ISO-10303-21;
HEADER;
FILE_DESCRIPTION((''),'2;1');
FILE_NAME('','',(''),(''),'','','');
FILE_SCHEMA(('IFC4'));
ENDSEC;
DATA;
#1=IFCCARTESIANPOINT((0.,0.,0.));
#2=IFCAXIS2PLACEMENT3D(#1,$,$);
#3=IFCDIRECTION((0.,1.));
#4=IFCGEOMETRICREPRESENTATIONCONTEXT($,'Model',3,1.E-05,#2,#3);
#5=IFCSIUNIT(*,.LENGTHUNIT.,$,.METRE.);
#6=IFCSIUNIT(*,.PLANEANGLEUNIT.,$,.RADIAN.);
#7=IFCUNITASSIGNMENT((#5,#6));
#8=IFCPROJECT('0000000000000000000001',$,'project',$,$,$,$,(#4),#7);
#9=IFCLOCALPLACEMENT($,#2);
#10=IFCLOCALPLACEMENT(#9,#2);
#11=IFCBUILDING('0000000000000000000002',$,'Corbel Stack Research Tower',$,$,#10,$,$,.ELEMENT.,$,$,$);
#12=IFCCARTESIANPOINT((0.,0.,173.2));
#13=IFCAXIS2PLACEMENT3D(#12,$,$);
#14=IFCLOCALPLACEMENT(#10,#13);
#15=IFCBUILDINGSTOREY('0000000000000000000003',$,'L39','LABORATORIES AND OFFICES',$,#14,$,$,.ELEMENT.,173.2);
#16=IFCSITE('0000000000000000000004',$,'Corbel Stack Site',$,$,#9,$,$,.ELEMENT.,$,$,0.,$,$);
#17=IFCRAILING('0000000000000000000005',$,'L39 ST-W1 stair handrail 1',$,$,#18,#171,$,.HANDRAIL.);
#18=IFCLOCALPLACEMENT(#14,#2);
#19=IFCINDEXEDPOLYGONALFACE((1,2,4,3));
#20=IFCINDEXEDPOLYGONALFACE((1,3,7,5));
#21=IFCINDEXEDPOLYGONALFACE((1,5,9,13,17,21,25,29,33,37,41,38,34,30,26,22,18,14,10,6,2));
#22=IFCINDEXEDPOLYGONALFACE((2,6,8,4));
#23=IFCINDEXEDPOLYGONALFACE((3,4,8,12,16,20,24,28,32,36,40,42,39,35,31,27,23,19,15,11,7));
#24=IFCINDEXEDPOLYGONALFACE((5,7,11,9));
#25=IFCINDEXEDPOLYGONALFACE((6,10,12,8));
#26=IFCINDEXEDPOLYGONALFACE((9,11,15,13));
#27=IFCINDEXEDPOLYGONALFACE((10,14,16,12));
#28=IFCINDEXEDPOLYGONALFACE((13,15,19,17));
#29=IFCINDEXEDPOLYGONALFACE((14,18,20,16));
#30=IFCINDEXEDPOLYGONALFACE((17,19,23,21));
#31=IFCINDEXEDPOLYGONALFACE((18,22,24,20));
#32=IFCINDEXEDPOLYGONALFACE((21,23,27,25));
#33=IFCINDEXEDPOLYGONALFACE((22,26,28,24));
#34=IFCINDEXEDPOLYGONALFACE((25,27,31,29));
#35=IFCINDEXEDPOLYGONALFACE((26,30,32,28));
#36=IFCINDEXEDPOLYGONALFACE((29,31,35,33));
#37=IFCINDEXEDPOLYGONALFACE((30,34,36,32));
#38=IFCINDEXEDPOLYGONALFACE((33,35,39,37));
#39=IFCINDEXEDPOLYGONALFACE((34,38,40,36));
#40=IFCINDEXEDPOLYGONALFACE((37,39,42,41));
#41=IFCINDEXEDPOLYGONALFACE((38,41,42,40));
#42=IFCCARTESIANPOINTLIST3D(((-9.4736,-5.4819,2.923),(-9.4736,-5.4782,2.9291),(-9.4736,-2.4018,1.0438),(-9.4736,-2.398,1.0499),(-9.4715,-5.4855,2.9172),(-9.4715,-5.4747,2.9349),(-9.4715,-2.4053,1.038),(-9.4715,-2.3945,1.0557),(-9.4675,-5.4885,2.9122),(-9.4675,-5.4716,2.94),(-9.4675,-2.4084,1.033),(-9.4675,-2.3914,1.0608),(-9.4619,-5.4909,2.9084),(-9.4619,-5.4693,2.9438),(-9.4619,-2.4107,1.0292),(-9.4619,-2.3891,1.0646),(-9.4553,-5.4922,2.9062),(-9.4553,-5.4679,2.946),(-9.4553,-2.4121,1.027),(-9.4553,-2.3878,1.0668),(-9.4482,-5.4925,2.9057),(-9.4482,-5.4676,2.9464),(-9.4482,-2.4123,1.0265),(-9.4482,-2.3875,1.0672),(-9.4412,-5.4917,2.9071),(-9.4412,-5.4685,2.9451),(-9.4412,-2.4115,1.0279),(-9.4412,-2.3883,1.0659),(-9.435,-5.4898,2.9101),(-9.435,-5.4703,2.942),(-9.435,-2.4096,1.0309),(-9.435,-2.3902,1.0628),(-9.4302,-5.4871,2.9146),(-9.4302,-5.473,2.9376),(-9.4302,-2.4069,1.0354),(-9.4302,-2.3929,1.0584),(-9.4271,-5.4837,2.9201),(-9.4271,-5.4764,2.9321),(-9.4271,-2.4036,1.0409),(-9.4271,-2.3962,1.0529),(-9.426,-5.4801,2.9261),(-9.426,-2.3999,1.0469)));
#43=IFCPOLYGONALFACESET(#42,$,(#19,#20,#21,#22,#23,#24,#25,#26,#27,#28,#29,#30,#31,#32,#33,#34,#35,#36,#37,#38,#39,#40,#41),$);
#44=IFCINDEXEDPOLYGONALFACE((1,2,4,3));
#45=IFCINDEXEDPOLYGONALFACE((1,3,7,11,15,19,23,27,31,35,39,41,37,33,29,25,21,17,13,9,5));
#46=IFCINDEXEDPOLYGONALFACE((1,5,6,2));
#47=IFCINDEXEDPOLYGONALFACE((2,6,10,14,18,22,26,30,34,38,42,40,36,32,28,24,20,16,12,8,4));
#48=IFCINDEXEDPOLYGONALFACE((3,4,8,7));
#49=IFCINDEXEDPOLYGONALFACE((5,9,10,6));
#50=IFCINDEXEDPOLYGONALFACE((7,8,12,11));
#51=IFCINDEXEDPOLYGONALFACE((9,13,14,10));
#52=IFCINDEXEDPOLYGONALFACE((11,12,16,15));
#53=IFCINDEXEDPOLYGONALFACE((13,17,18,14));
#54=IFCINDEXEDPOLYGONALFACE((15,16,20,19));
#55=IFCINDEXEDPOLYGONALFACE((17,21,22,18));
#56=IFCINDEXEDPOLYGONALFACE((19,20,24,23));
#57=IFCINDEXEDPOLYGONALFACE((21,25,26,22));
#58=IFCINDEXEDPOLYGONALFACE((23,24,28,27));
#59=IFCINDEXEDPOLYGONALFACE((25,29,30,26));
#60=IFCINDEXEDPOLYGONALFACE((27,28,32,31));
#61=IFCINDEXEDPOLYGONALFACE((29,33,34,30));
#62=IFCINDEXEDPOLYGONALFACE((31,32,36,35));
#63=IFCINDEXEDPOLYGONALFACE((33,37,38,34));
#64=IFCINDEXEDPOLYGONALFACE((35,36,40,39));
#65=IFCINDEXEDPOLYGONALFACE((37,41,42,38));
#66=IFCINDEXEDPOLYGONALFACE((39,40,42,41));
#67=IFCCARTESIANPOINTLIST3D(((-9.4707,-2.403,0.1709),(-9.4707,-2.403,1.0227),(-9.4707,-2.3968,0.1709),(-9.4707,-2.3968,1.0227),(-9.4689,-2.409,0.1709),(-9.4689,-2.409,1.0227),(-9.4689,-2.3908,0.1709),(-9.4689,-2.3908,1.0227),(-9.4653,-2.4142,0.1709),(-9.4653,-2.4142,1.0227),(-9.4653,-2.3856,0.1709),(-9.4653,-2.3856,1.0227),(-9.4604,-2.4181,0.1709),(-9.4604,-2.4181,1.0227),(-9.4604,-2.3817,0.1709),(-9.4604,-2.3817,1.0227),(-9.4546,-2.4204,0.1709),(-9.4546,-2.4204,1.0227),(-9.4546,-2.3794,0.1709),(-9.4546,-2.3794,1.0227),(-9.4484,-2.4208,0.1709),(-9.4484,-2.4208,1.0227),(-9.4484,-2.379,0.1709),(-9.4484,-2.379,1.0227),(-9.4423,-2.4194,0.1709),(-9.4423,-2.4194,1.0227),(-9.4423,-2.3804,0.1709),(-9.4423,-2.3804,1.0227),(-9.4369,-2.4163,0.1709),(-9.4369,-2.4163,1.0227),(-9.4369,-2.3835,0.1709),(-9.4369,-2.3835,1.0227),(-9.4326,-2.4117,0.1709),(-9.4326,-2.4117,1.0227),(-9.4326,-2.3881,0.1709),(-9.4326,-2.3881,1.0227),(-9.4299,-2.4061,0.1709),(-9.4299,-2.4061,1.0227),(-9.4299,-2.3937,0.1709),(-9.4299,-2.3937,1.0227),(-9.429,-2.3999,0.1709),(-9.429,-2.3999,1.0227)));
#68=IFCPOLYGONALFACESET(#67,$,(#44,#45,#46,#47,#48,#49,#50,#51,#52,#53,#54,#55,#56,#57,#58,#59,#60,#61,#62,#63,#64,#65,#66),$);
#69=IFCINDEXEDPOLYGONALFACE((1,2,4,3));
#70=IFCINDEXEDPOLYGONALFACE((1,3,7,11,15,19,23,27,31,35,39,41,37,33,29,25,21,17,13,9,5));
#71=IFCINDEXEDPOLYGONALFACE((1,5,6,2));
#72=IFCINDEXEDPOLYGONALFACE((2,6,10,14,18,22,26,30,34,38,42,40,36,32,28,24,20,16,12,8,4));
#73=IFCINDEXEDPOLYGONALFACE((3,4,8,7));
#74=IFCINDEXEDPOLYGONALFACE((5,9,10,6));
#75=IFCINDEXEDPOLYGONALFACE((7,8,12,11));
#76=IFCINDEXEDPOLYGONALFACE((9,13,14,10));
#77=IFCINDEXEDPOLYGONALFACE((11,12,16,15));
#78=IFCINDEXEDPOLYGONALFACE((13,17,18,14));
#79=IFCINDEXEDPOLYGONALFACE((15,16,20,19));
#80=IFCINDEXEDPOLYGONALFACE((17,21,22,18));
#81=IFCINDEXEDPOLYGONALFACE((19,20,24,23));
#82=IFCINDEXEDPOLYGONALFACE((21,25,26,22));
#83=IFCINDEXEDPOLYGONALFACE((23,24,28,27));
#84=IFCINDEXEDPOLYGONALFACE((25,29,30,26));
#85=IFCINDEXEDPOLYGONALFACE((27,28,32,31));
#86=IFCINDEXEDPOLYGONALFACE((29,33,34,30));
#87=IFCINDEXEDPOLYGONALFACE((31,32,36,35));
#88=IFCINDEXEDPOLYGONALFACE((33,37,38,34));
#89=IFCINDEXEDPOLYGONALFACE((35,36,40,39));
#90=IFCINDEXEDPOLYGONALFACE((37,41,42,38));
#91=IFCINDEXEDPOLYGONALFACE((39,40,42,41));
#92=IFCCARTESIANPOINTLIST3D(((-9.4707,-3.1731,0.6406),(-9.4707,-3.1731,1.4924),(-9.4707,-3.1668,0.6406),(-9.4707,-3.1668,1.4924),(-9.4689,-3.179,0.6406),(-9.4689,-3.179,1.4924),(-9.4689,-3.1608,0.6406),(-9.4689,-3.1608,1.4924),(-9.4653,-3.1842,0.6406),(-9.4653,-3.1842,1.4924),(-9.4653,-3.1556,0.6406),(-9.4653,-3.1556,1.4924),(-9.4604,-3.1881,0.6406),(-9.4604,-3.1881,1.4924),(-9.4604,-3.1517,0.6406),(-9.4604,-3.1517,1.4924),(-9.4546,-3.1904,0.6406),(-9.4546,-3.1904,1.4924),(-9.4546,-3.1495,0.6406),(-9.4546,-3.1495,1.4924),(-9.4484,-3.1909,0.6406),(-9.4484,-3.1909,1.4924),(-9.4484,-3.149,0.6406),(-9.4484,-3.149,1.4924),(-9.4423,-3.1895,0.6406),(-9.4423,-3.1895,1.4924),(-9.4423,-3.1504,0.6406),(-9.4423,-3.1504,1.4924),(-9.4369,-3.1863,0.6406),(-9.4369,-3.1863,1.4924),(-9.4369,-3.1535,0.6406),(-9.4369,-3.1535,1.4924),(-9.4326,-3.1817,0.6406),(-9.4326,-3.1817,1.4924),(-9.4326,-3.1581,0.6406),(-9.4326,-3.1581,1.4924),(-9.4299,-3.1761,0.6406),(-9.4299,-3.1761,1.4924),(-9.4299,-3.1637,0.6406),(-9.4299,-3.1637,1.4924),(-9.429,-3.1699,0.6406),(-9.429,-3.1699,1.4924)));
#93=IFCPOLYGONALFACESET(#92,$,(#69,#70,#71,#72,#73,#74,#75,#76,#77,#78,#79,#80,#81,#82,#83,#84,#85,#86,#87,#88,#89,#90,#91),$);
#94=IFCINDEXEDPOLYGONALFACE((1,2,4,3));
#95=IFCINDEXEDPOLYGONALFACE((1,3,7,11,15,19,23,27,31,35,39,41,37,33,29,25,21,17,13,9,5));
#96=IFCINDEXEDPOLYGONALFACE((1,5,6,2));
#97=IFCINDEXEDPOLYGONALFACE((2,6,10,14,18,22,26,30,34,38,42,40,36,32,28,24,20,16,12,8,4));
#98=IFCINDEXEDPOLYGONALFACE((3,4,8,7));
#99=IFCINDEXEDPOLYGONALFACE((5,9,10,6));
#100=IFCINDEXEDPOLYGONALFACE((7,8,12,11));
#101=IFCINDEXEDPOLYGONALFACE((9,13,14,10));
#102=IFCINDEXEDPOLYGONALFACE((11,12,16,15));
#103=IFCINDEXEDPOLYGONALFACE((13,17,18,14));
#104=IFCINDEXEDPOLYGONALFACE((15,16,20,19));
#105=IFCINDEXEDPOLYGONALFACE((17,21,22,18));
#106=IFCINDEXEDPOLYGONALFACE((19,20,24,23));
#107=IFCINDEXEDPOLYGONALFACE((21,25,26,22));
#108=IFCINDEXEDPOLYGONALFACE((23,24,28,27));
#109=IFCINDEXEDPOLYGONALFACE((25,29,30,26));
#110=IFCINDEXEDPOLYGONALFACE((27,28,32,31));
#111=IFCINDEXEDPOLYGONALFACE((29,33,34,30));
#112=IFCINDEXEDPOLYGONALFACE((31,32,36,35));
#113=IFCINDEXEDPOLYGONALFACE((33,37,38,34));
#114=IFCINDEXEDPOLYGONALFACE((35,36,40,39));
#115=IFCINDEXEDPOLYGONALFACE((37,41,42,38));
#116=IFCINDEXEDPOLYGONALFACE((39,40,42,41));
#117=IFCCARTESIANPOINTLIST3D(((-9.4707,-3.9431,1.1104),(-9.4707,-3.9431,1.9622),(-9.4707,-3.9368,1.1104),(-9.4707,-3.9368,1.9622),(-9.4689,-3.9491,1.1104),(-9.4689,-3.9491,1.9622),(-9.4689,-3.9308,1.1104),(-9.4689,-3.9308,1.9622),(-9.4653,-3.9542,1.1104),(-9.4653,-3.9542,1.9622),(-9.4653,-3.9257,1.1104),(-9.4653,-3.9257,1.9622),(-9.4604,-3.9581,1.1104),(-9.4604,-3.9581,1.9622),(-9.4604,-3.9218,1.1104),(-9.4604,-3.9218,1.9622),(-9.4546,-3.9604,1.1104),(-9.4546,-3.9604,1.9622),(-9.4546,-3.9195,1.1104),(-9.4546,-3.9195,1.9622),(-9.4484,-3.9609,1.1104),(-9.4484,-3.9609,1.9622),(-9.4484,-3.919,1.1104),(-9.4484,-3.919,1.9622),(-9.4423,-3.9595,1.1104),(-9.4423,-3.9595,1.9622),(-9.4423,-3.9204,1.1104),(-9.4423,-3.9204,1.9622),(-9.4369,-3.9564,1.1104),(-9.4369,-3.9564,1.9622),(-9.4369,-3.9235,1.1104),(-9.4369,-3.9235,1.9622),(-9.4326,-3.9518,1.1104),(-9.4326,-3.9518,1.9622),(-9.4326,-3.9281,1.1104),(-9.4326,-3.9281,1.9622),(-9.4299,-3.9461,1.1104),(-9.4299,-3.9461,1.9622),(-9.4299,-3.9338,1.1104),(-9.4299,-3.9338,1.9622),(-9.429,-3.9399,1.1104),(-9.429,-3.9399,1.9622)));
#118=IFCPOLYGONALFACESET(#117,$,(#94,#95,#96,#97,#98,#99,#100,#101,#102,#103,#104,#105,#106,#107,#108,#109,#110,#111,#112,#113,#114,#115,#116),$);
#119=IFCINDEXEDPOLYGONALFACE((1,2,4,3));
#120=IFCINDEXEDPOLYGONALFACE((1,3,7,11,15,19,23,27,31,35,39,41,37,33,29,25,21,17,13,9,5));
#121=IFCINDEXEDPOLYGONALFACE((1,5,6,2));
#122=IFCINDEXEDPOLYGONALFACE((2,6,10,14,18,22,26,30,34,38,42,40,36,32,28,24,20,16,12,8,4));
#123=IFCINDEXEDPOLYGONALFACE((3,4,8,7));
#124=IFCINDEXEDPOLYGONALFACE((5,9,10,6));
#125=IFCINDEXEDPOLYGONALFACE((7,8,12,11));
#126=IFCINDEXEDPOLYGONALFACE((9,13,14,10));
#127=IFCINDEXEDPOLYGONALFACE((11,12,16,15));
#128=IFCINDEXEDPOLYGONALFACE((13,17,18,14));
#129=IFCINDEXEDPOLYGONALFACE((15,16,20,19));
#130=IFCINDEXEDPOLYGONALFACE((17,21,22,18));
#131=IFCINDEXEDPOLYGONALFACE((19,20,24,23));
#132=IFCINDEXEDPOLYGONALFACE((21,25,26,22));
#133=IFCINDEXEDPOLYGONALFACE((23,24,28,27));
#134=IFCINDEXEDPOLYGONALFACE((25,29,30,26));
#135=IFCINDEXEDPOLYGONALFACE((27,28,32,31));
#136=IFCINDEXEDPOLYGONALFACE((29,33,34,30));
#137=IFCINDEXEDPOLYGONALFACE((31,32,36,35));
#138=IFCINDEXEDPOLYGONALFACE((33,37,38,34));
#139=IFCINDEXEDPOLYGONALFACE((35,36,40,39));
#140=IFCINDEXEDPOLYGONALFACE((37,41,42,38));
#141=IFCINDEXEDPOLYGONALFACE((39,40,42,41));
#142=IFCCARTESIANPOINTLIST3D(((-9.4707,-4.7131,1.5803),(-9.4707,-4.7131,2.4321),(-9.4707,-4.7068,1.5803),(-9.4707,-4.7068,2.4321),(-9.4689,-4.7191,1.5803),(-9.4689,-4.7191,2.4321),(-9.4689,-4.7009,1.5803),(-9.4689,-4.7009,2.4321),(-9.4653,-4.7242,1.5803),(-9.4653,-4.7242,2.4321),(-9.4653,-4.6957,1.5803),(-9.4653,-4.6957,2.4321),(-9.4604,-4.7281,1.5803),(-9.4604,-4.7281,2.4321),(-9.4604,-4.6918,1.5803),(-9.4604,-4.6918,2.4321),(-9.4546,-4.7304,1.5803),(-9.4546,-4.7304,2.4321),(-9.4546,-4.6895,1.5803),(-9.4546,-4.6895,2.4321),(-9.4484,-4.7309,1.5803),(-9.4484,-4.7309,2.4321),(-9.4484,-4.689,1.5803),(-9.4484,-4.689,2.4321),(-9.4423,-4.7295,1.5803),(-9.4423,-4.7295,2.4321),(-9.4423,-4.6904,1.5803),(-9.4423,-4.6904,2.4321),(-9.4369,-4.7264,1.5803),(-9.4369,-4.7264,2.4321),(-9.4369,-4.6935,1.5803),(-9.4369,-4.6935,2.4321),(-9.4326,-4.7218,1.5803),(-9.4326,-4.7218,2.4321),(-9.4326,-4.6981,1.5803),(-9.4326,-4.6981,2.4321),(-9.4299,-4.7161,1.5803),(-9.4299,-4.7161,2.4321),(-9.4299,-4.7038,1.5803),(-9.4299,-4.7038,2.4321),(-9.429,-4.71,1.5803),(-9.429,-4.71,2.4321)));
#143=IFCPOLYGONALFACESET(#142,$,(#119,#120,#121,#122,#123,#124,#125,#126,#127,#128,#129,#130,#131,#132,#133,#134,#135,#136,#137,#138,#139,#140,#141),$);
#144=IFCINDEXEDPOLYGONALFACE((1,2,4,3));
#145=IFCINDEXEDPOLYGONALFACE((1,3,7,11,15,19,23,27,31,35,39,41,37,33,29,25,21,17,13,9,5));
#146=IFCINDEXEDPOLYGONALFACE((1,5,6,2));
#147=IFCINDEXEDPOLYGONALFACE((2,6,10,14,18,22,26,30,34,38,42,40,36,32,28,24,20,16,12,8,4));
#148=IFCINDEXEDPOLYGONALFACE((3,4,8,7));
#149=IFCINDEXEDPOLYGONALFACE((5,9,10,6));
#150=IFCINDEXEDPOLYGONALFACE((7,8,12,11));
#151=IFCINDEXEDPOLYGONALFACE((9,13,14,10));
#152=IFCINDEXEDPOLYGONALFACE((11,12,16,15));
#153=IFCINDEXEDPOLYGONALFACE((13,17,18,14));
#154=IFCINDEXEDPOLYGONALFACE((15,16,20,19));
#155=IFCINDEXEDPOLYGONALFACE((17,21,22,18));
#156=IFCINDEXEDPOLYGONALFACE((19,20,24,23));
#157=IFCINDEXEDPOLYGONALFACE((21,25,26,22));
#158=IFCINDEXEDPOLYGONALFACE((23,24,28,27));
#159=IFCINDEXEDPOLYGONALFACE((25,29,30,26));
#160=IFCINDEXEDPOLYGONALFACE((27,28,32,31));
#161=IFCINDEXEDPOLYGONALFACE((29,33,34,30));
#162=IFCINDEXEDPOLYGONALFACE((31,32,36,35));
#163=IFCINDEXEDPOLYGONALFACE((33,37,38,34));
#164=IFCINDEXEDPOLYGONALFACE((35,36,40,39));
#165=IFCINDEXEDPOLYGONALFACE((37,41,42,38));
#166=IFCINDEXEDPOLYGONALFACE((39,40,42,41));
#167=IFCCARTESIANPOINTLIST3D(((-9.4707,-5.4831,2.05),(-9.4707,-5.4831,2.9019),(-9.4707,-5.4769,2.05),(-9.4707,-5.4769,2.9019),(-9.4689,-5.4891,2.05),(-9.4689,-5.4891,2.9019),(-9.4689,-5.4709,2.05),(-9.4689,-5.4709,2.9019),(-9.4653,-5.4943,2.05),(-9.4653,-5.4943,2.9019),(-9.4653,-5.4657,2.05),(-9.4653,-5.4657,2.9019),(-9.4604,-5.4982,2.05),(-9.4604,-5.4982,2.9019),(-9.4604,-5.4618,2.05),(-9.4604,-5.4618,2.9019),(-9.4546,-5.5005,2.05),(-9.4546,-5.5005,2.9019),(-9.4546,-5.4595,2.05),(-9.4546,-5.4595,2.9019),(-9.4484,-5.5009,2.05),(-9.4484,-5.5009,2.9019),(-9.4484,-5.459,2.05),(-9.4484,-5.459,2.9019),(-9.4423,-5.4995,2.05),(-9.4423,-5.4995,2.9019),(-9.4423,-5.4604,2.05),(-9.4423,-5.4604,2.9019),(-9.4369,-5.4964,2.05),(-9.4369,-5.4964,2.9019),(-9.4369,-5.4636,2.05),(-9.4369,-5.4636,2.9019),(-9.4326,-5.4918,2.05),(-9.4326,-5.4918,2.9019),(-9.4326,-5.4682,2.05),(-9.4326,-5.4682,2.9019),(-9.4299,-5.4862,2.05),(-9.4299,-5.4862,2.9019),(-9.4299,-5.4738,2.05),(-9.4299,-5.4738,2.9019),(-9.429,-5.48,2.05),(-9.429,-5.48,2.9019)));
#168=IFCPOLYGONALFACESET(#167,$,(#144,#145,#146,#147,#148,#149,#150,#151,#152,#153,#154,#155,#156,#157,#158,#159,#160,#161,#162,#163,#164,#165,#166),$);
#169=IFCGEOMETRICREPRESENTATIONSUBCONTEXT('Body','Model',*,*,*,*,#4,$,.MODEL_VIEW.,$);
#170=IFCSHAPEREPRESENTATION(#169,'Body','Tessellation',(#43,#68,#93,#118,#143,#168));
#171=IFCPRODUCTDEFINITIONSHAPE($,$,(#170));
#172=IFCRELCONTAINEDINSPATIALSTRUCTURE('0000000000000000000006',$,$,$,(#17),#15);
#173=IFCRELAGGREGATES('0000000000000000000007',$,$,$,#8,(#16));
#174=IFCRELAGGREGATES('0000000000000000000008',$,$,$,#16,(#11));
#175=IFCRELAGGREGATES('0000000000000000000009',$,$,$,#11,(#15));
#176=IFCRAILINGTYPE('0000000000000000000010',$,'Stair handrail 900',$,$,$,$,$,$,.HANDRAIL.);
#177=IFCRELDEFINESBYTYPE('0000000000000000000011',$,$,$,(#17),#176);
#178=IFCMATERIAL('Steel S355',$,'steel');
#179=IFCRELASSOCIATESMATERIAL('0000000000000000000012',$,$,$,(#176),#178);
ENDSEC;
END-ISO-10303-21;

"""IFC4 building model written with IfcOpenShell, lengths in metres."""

from ifc_helpers import new_model, si_unit, direction, frame, origin, origin_2d, place, context, subcontext, project, spatial, circle, extrude, material, type_object, element, save


model = new_model("IFC4")

# Units and contexts
model_context = context("Model", 3, precision=1e-05, world=origin(), true_north=direction((0.0, 1.0)))
body_context = subcontext(model_context, "Body", "Model", "MODEL_VIEW")
ifc_project = project(units=[si_unit("LENGTHUNIT", "METRE"), si_unit("PLANEANGLEUNIT", "RADIAN")], contexts=[model_context])

# Site, building, storey
site_placement = place(None, origin())
site = spatial("IfcSite", under=ifc_project, at=site_placement, Name="Corbel Stack Site", CompositionType="ELEMENT", RefElevation=0.0)
building_placement = place(site_placement, origin())
building = spatial("IfcBuilding", under=site, at=building_placement, Name="Corbel Stack Research Tower", CompositionType="ELEMENT")
storey_placement = place(building_placement, frame((0.0, 0.0, 173.2)))
storey = spatial("IfcBuildingStorey", under=building, at=storey_placement, Name="L39", Description="LABORATORIES AND OFFICES", CompositionType="ELEMENT", Elevation=173.2)

# Railing
ifc_material_1 = material(Name="Steel S355", Category="steel")
railing_type_1 = type_object("IfcRailingType", Name="Stair handrail 900", PredefinedType="HANDRAIL", material=ifc_material_1)
railing_1_placement = place(storey_placement, frame((-9.45, -2.3999, 0.1709)))
element("IfcRailing", 1, at=railing_1_placement, inside=storey, type_object=railing_type_1, Name="L39 ST-W1 stair handrail 1", PredefinedType="HANDRAIL", context=body_context, shape_type="SweptSolid", body=[
    extrude(circle(Radius=0.0239, at=origin_2d()), frame((0.0, 0.0, 0.876), z_axis=(0.0, -0.853666, 0.52082), x_axis=(1.0, 0.0, 0.0)), (0.0, 0.0, 1.0), 3.6082),
    extrude(circle(Radius=0.021, at=origin_2d()), origin(), (0.0, 0.0, 1.0), 0.8518),
    extrude(circle(Radius=0.021, at=origin_2d()), frame((0.0, -0.77, 0.4697)), (0.0, 0.0, 1.0), 0.8518),
    extrude(circle(Radius=0.021, at=origin_2d()), frame((0.0, -1.54, 0.9395)), (0.0, 0.0, 1.0), 0.8518),
    extrude(circle(Radius=0.021, at=origin_2d()), frame((0.0, -2.3101, 1.4094)), (0.0, 0.0, 1.0), 0.8518),
    extrude(circle(Radius=0.021, at=origin_2d()), frame((0.0, -3.0801, 1.8792)), (0.0, 0.0, 1.0), 0.8518),
])

save(model, "model.ifc")
